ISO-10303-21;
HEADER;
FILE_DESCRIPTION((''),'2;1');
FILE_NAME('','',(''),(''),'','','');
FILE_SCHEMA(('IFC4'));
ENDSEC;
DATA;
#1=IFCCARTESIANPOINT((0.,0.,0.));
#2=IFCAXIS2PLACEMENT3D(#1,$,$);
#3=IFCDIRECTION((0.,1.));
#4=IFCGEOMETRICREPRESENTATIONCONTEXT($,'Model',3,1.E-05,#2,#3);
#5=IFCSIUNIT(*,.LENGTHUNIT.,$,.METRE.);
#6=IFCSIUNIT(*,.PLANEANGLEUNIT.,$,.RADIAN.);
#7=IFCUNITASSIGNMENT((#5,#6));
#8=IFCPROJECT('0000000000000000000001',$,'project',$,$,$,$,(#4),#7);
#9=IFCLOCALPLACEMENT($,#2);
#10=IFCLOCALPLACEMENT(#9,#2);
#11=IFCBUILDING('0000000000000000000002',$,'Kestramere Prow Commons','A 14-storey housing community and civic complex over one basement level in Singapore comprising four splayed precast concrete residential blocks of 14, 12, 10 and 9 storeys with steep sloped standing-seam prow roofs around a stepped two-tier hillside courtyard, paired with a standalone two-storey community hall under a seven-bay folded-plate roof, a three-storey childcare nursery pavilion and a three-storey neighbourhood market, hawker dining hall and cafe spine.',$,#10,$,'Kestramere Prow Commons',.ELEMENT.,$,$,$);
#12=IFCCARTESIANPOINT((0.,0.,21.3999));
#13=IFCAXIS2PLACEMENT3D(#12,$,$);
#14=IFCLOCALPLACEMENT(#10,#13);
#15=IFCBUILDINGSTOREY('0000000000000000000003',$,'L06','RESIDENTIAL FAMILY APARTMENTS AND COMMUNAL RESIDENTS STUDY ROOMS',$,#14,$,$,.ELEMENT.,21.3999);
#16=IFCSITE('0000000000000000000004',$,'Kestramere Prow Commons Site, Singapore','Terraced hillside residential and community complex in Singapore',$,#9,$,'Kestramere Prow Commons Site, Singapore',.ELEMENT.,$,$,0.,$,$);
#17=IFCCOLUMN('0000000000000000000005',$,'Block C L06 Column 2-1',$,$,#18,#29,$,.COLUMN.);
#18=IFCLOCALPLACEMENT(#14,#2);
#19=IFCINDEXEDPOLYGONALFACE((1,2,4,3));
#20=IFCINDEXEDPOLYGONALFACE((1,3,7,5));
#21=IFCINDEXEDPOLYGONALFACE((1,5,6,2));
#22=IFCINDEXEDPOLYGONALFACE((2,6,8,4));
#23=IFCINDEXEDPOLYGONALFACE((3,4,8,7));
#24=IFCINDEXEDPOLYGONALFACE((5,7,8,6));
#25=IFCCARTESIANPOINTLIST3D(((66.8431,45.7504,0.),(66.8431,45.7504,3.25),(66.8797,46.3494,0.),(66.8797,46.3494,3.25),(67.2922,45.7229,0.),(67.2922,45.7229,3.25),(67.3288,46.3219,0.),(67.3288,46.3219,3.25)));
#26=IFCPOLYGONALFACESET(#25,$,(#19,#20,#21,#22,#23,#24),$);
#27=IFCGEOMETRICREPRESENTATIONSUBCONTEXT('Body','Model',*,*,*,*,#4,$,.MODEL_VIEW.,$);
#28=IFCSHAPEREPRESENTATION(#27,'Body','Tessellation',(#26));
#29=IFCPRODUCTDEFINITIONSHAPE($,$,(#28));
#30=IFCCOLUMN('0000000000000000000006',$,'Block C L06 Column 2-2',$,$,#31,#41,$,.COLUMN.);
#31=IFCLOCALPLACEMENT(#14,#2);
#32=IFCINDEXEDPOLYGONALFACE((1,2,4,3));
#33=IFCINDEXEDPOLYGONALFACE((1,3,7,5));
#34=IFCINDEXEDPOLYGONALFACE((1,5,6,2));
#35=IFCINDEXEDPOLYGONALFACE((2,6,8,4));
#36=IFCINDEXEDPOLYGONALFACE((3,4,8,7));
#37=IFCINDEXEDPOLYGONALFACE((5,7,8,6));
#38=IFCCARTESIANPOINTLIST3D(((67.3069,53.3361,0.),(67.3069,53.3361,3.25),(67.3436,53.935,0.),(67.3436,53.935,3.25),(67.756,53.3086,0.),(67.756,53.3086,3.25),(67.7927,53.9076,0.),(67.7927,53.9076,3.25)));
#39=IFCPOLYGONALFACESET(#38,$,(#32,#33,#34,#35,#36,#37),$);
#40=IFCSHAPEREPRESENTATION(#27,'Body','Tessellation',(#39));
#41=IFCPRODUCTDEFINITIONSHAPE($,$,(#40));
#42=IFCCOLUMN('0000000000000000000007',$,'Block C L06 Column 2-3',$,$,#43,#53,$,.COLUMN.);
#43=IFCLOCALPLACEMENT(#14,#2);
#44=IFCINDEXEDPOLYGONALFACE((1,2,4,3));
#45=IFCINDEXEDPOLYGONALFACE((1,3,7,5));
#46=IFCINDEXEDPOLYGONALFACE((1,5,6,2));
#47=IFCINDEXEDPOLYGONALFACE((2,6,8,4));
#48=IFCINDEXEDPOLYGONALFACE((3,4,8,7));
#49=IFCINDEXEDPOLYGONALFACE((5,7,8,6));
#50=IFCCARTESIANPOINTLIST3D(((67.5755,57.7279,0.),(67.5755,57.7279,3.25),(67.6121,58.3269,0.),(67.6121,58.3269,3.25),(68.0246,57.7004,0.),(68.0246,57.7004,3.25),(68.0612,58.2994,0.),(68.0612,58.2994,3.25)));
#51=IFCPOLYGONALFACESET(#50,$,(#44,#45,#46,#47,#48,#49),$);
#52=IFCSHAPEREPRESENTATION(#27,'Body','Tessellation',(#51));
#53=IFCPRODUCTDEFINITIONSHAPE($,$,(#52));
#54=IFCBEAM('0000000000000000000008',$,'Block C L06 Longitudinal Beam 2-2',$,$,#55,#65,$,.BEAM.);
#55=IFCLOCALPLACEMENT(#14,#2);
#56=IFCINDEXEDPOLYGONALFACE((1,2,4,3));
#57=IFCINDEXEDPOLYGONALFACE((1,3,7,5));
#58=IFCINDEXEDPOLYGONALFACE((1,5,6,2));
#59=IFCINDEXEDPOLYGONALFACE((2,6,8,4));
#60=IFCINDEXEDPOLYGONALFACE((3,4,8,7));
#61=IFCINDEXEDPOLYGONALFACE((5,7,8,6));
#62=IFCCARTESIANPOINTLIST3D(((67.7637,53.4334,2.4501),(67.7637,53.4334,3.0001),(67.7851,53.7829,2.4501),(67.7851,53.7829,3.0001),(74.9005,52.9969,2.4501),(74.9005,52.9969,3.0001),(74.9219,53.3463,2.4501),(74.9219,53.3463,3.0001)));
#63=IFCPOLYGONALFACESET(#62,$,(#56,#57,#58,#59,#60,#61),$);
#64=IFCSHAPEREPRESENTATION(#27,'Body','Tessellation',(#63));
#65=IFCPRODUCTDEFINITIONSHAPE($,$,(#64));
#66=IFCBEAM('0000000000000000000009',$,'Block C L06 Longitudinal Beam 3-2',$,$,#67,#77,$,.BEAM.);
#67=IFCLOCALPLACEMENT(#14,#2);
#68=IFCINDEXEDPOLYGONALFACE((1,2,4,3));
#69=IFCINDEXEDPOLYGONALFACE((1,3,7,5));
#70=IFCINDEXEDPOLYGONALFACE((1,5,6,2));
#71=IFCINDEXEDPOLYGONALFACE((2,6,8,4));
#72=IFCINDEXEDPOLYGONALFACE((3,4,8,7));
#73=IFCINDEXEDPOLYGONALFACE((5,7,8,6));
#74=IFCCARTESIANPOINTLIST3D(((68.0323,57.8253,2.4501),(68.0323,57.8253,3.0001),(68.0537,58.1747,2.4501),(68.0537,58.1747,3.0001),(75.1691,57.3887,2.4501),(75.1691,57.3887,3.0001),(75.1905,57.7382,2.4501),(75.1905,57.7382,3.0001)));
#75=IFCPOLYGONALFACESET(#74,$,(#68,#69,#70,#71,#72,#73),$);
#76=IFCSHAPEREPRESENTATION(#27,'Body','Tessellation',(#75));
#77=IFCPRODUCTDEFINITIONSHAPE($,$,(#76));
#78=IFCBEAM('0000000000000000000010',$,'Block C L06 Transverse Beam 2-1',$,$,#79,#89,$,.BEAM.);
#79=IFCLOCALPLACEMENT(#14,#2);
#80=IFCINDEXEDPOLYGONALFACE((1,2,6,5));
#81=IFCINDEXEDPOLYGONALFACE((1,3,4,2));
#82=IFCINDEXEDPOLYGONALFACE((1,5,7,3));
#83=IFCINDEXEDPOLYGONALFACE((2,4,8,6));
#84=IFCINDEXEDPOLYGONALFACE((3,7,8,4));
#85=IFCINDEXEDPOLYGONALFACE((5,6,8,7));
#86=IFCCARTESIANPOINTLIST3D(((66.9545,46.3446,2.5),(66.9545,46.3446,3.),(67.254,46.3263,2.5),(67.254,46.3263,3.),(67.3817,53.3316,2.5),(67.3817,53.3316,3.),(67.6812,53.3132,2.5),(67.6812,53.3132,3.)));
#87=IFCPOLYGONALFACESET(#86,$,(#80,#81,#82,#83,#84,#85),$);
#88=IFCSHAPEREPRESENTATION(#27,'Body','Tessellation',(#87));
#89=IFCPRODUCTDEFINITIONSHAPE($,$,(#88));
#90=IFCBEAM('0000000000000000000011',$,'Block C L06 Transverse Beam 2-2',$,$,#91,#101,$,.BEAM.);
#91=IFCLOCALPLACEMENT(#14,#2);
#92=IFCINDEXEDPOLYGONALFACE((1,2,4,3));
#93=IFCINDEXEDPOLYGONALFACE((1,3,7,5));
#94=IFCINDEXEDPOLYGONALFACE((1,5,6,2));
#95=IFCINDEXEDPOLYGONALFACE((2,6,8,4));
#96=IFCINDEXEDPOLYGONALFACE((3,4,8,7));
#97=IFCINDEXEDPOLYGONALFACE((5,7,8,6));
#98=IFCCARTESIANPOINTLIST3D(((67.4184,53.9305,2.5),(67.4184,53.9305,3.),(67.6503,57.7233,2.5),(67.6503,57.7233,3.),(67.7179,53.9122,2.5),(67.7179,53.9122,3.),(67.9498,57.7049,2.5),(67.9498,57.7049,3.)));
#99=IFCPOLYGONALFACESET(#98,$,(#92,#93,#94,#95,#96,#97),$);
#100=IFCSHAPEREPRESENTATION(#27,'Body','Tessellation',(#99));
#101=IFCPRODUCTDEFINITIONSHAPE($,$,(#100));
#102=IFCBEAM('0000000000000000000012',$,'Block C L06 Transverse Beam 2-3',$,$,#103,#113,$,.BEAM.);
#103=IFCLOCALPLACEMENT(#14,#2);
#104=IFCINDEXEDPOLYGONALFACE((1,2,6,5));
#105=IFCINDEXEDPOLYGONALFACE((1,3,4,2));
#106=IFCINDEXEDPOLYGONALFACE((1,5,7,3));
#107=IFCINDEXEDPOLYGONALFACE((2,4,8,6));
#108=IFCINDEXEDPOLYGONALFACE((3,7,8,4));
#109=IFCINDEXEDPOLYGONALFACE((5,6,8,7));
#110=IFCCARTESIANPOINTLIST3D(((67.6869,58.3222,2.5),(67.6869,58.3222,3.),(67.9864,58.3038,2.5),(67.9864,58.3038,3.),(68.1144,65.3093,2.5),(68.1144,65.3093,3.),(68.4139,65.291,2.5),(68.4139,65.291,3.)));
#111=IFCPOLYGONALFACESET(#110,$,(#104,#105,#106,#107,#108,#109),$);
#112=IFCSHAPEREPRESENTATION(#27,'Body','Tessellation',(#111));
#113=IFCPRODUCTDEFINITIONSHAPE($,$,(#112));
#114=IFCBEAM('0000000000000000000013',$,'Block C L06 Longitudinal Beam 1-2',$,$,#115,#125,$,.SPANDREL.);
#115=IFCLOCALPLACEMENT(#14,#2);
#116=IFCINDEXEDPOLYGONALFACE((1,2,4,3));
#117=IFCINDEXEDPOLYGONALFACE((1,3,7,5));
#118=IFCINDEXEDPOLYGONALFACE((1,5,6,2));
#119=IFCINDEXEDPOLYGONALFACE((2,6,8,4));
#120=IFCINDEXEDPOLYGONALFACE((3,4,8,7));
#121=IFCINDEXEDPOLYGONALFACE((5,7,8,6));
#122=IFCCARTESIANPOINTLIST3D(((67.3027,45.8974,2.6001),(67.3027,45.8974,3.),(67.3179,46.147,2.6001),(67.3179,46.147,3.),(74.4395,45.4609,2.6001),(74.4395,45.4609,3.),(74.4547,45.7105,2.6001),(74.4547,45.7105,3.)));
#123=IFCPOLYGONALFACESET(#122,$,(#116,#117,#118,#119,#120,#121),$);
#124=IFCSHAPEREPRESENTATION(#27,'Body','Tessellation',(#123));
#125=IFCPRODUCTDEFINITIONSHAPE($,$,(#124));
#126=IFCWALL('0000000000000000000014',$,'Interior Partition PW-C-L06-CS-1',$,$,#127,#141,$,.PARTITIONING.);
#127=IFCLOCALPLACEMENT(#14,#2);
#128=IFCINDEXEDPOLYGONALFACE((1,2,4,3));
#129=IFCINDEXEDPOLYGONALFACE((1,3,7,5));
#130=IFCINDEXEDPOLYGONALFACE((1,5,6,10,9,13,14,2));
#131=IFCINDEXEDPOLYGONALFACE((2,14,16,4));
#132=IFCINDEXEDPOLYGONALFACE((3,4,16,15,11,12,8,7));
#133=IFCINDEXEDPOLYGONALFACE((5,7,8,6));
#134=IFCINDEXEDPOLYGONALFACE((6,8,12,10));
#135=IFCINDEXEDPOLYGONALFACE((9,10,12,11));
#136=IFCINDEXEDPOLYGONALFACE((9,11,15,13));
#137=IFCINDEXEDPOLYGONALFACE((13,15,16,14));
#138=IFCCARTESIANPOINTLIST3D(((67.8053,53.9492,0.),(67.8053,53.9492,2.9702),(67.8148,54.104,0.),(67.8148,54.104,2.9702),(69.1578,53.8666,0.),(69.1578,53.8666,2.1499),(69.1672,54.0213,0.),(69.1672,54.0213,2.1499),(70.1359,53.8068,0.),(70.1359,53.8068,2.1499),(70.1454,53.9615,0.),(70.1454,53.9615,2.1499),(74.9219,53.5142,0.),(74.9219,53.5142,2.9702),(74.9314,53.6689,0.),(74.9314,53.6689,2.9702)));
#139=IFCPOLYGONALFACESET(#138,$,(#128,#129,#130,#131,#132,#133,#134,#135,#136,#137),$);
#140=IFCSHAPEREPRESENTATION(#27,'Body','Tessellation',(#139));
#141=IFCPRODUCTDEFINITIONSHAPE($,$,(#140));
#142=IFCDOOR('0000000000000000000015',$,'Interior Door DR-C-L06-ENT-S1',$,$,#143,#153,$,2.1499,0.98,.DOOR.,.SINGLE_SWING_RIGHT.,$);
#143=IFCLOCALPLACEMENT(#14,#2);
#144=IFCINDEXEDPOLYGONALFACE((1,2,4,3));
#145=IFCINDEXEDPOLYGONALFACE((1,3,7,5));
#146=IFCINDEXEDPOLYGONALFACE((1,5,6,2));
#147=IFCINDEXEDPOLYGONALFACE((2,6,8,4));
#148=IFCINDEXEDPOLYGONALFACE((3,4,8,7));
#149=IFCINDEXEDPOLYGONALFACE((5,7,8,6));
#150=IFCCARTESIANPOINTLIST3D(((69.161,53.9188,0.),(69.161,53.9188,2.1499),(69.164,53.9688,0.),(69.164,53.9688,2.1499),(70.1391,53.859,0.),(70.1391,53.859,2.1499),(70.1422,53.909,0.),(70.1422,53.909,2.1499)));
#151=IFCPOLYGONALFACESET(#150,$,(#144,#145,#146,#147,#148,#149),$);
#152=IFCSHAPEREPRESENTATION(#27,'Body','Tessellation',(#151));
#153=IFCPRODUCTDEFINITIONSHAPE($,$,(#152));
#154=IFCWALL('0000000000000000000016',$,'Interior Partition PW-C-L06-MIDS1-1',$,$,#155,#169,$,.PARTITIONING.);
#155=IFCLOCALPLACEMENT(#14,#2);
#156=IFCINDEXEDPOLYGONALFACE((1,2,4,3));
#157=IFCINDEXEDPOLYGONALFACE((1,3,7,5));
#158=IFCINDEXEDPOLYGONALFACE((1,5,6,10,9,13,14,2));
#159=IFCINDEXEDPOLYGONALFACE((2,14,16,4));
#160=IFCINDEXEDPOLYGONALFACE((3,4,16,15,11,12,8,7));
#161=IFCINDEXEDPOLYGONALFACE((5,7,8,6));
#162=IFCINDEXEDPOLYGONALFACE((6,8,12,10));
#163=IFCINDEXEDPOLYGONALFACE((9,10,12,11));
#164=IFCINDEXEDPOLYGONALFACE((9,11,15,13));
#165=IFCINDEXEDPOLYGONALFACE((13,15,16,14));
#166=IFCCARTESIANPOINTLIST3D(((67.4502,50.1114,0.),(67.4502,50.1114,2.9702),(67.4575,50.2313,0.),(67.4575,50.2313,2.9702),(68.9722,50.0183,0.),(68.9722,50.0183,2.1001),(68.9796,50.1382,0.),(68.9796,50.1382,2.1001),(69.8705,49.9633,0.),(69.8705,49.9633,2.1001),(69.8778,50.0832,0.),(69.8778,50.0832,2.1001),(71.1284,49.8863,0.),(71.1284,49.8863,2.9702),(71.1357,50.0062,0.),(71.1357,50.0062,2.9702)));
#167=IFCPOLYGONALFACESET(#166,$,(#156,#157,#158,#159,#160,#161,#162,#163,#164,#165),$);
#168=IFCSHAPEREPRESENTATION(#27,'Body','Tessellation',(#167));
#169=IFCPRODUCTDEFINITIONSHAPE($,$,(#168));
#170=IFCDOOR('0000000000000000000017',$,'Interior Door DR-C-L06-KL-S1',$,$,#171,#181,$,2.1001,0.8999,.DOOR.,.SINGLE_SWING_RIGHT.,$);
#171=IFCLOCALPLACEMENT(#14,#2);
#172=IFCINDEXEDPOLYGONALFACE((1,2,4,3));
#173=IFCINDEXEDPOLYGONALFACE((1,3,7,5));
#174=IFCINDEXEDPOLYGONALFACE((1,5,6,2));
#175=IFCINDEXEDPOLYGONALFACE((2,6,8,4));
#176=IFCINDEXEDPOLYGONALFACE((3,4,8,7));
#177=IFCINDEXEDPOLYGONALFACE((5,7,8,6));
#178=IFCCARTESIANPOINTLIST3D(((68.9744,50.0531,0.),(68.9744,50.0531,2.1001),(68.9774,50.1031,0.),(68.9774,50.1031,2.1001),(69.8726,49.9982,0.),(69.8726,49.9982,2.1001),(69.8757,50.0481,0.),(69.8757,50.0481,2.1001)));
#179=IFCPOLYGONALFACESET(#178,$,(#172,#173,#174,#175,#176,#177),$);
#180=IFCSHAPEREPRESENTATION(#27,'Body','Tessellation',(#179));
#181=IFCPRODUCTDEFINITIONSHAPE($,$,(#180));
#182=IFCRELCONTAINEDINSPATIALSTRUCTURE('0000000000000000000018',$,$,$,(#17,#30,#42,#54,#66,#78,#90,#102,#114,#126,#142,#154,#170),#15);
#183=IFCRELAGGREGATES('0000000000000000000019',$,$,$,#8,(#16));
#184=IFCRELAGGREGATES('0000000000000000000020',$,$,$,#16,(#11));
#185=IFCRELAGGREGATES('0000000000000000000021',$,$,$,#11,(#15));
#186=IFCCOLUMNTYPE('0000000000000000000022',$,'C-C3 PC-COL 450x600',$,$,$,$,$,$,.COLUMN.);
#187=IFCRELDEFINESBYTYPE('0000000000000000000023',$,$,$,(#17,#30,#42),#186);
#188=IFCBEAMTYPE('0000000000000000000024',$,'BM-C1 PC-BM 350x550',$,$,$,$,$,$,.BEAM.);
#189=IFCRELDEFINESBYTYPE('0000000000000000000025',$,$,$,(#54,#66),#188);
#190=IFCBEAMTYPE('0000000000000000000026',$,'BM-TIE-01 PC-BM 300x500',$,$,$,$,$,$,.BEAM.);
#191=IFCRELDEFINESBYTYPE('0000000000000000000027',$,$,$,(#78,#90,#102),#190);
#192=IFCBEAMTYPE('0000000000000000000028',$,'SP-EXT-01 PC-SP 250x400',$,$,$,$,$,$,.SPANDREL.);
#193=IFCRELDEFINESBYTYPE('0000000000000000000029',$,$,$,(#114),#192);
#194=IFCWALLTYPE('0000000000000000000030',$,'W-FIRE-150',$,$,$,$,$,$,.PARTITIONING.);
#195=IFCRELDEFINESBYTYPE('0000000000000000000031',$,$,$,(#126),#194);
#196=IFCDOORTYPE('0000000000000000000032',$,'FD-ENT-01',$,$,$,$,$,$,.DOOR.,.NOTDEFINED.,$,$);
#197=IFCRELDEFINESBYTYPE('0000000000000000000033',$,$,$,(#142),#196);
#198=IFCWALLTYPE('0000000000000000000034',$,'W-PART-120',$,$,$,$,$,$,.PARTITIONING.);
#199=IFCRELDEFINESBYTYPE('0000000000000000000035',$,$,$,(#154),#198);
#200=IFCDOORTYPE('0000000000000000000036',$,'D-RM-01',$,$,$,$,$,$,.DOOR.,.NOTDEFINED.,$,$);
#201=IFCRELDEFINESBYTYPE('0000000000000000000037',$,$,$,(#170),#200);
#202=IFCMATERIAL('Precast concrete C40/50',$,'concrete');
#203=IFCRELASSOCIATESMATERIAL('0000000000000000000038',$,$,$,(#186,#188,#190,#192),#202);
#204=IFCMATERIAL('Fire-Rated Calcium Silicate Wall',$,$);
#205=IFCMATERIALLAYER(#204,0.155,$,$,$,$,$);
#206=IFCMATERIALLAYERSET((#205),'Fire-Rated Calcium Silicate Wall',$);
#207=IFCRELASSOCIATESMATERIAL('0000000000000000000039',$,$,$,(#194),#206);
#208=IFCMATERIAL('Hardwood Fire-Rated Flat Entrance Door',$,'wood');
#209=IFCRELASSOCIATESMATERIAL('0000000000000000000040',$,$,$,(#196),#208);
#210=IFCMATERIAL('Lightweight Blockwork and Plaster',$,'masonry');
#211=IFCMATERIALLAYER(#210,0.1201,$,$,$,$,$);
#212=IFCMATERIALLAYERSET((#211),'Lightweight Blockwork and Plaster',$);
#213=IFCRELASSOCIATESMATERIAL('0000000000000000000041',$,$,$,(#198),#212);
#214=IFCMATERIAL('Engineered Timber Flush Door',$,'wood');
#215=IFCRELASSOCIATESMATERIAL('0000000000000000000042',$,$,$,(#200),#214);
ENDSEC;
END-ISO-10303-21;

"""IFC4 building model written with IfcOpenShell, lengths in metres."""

from ifc_helpers import new_model, si_unit, direction, frame, frame_2d, origin, origin_2d, place, context, subcontext, project, spatial, rectangle, extrude, material, layer, layer_set, material_profile, profile_set, type_object, element, fill, save


model = new_model("IFC4")

# Units and contexts
model_context = context("Model", 3, precision=1e-05, world=origin(), true_north=direction((0.0, 1.0)))
body_context = subcontext(model_context, "Body", "Model", "MODEL_VIEW")
ifc_project = project(units=[si_unit("LENGTHUNIT", "METRE"), si_unit("PLANEANGLEUNIT", "RADIAN")], contexts=[model_context])

# Site, building, storey
site_placement = place(None, origin())
site = spatial("IfcSite", under=ifc_project, at=site_placement, Name="Kestramere Prow Commons Site, Singapore", Description="Terraced hillside residential and community complex in Singapore", LongName="Kestramere Prow Commons Site, Singapore", CompositionType="ELEMENT", RefElevation=0.0)
building_placement = place(site_placement, origin())
building = spatial("IfcBuilding", under=site, at=building_placement, Name="Kestramere Prow Commons", Description="A 14-storey housing community and civic complex over one basement level in Singapore comprising four splayed precast concrete residential blocks of 14, 12, 10 and 9 storeys with steep sloped standing-seam prow roofs around a stepped two-tier hillside courtyard, paired with a standalone two-storey community hall under a seven-bay folded-plate roof, a three-storey childcare nursery pavilion and a three-storey neighbourhood market, hawker dining hall and cafe spine.", LongName="Kestramere Prow Commons", CompositionType="ELEMENT")
storey_placement = place(building_placement, frame((0.0, 0.0, 21.3999)))
storey = spatial("IfcBuildingStorey", under=building, at=storey_placement, Name="L06", Description="RESIDENTIAL FAMILY APARTMENTS AND COMMUNAL RESIDENTS STUDY ROOMS", CompositionType="ELEMENT", Elevation=21.3999)

# Columns
ifc_material_1 = material(Name="Precast concrete C40/50", Category="concrete")
ifc_material_profile_1 = material_profile(ifc_material_1, rectangle(XDim=0.45, YDim=0.6001, at=origin_2d()), Name="PC-COL 450x600")
ifc_profile_set_1 = profile_set([ifc_material_profile_1], Name="Precast concrete C40/50")
column_type = type_object("IfcColumnType", Name="C-C3 PC-COL 450x600", PredefinedType="COLUMN", material=ifc_profile_set_1)
for number, where, z_axis, x_axis, name in (
    (1, (67.0859, 46.0361, 0.0), (0.0, 0.0, 1.0), (0.998135, -0.061049, 0.0), "Block C L06 Column 2-1"),
    (2, (67.5498, 53.6218, 0.0), (0.0, 0.0, 1.0), (0.998135, -0.061049, 0.0), "Block C L06 Column 2-2"),
    (3, (67.8184, 58.0137, 0.0), (0.0, 0.0, 1.0), (0.998135, -0.061049, 0.0), "Block C L06 Column 2-3"),
):
    element("IfcColumn", number, at=place(storey_placement, frame(where, z_axis=z_axis, x_axis=x_axis)), inside=storey, type_object=column_type, Name=name, PredefinedType="COLUMN", context=body_context, shape_type="SweptSolid", body=[
        extrude(rectangle(XDim=0.45, YDim=0.6001, at=origin_2d()), origin(), (0.0, 0.0, 1.0), 3.25),
    ])

# Beams
ifc_material_profile_2 = material_profile(ifc_material_1, rectangle(XDim=0.3501, YDim=0.55, at=origin_2d()), Name="PC-BM 350x550")
ifc_profile_set_2 = profile_set([ifc_material_profile_2], Name="Precast concrete C40/50")
beam_type_1 = type_object("IfcBeamType", Name="BM-C1 PC-BM 350x550", PredefinedType="BEAM", material=ifc_profile_set_2)
for number, where, z_axis, x_axis, name in (
    (4, (67.7744, 53.6082, 2.7251), (0.998135, -0.061052, 0.0), (0.061052, 0.998135, 0.0), "Block C L06 Longitudinal Beam 2-2"),
    (5, (68.043, 58.0, 2.7251), (0.998135, -0.061052, 0.0), (0.061052, 0.998135, 0.0), "Block C L06 Longitudinal Beam 3-2"),
):
    element("IfcBeam", number, at=place(storey_placement, frame(where, z_axis=z_axis, x_axis=x_axis)), inside=storey, type_object=beam_type_1, Name=name, PredefinedType="BEAM", context=body_context, shape_type="SweptSolid", body=[
        extrude(rectangle(XDim=0.3501, YDim=0.55, at=origin_2d()), origin(), (0.0, 0.0, 1.0), 7.1501),
    ])
ifc_material_profile_3 = material_profile(ifc_material_1, rectangle(XDim=0.3, YDim=0.5, at=origin_2d()), Name="PC-BM 300x500")
ifc_profile_set_3 = profile_set([ifc_material_profile_3], Name="Precast concrete C40/50")
beam_type_2 = type_object("IfcBeamType", Name="BM-TIE-01 PC-BM 300x500", PredefinedType="BEAM", material=ifc_profile_set_3)
beam_1_placement = place(storey_placement, frame((67.1042, 46.3354, 2.75), z_axis=(0.061034, 0.998136, 0.0), x_axis=(-0.998136, 0.061034, 0.0)))
element("IfcBeam", 6, at=beam_1_placement, inside=storey, type_object=beam_type_2, Name="Block C L06 Transverse Beam 2-1", PredefinedType="BEAM", context=body_context, shape_type="SweptSolid", body=[
    extrude(rectangle(XDim=0.3, YDim=0.5, at=origin_2d()), origin(), (0.0, 0.0, 1.0), 7.0),
])
beam_2_placement = place(storey_placement, frame((67.5681, 53.9214, 2.75), z_axis=(0.061038, 0.998135, 0.0), x_axis=(-0.998135, 0.061038, 0.0)))
element("IfcBeam", 7, at=beam_2_placement, inside=storey, type_object=beam_type_2, Name="Block C L06 Transverse Beam 2-2", PredefinedType="BEAM", context=body_context, shape_type="SweptSolid", body=[
    extrude(rectangle(XDim=0.3, YDim=0.5, at=origin_2d()), origin(), (0.0, 0.0, 1.0), 3.7998),
])
beam_3_placement = place(storey_placement, frame((67.8367, 58.313, 2.75), z_axis=(0.061069, 0.998134, 0.0), x_axis=(-0.998134, 0.061069, 0.0)))
element("IfcBeam", 8, at=beam_3_placement, inside=storey, type_object=beam_type_2, Name="Block C L06 Transverse Beam 2-3", PredefinedType="BEAM", context=body_context, shape_type="SweptSolid", body=[
    extrude(rectangle(XDim=0.3, YDim=0.5, at=origin_2d()), origin(), (0.0, 0.0, 1.0), 7.0002),
])
ifc_material_profile_4 = material_profile(ifc_material_1, rectangle(XDim=0.25, YDim=0.3999, at=origin_2d()), Name="PC-SP 250x400")
ifc_profile_set_4 = profile_set([ifc_material_profile_4], Name="Precast concrete C40/50")
beam_type_3 = type_object("IfcBeamType", Name="SP-EXT-01 PC-SP 250x400", PredefinedType="SPANDREL", material=ifc_profile_set_4)
beam_4_placement = place(storey_placement, frame((67.3103, 46.0222, 2.8), z_axis=(0.998135, -0.061052, 0.0), x_axis=(0.061052, 0.998135, 0.0)))
element("IfcBeam", 9, at=beam_4_placement, inside=storey, type_object=beam_type_3, Name="Block C L06 Longitudinal Beam 1-2", PredefinedType="SPANDREL", context=body_context, shape_type="SweptSolid", body=[
    extrude(rectangle(XDim=0.25, YDim=0.3999, at=origin_2d()), origin(), (0.0, 0.0, 1.0), 7.1501),
])

# Walls, openings, doors
ifc_material_2 = material(Name="Fire-Rated Calcium Silicate Wall")
ifc_layer_1 = layer(ifc_material_2, 0.155)
ifc_layer_set_1 = layer_set([ifc_layer_1], Name="Fire-Rated Calcium Silicate Wall")
wall_type_1 = type_object("IfcWallType", Name="W-FIRE-150", PredefinedType="PARTITIONING", material=ifc_layer_set_1)
wall_1_placement = place(storey_placement, frame((67.8101, 54.0266, 0.0), z_axis=(0.0, 0.0, 1.0), x_axis=(0.998137, -0.061018, 0.0)))
wall_1 = element("IfcWall", 10, at=wall_1_placement, inside=storey, type_object=wall_type_1, Name="Interior Partition PW-C-L06-CS-1", PredefinedType="PARTITIONING", context=body_context, shape_type="SweptSolid", body=[
    extrude(rectangle(XDim=7.1299, YDim=0.155, at=frame_2d((3.5649, 0.0))), origin(), (0.0, 0.0, 1.0), 2.9702),
])
opening_1_placement = place(wall_1_placement, frame((1.355, 0.0, 0.0)))
opening_1 = element("IfcOpeningElement", 11, at=opening_1_placement, cuts=wall_1, PredefinedType="OPENING", context=body_context, shape_type="SweptSolid", body=[
    extrude(rectangle(XDim=0.98, YDim=2.1499, at=frame_2d((0.49, 1.075))), frame((0.0, 0.0925, 0.0), z_axis=(0.0, -1.0, 0.0), x_axis=(1.0, 0.0, 0.0)), (0.0, 0.0, 1.0), 0.1851),
])
ifc_material_3 = material(Name="Hardwood Fire-Rated Flat Entrance Door", Category="wood")
door_type_1 = type_object("IfcDoorType", Name="FD-ENT-01", OperationType="NOTDEFINED", PredefinedType="DOOR", material=ifc_material_3)
door_1_placement = place(opening_1_placement, origin())
door_1 = element("IfcDoor", 12, at=door_1_placement, inside=storey, type_object=door_type_1, Name="Interior Door DR-C-L06-ENT-S1", OperationType="SINGLE_SWING_RIGHT", OverallHeight=2.1499, OverallWidth=0.98, PredefinedType="DOOR", context=body_context, shape_type="SweptSolid", body=[
    extrude(rectangle(XDim=0.98, YDim=2.1499, at=frame_2d((0.49, 1.075))), frame((0.0, 0.0249, 0.0), z_axis=(0.0, -1.0, 0.0), x_axis=(1.0, 0.0, 0.0)), (0.0, 0.0, 1.0), 0.05),
])
fill(opening_1, door_1)
ifc_material_4 = material(Name="Lightweight Blockwork and Plaster", Category="masonry")
ifc_layer_2 = layer(ifc_material_4, 0.1201)
ifc_layer_set_2 = layer_set([ifc_layer_2], Name="Lightweight Blockwork and Plaster")
wall_type_2 = type_object("IfcWallType", Name="W-PART-120", PredefinedType="PARTITIONING", material=ifc_layer_set_2)
wall_2_placement = place(storey_placement, frame((67.4539, 50.1714, 0.0), z_axis=(0.0, 0.0, 1.0), x_axis=(0.998133, -0.061083, 0.0)))
wall_2 = element("IfcWall", 13, at=wall_2_placement, inside=storey, type_object=wall_type_2, Name="Interior Partition PW-C-L06-MIDS1-1", PredefinedType="PARTITIONING", context=body_context, shape_type="SweptSolid", body=[
    extrude(rectangle(XDim=3.6851, YDim=0.1201, at=frame_2d((1.8425, 0.0))), origin(), (0.0, 0.0, 1.0), 2.9702),
])
opening_2_placement = place(wall_2_placement, frame((1.5249, 0.0, 0.0)))
opening_2 = element("IfcOpeningElement", 14, at=opening_2_placement, cuts=wall_2, PredefinedType="OPENING", context=body_context, shape_type="SweptSolid", body=[
    extrude(rectangle(XDim=0.8999, YDim=2.1001, at=frame_2d((0.45, 1.05))), frame((0.0, 0.075, 0.0), z_axis=(0.0, -1.0, 0.0), x_axis=(1.0, 0.0, 0.0)), (0.0, 0.0, 1.0), 0.1501),
])
ifc_material_5 = material(Name="Engineered Timber Flush Door", Category="wood")
door_type_2 = type_object("IfcDoorType", Name="D-RM-01", OperationType="NOTDEFINED", PredefinedType="DOOR", material=ifc_material_5)
door_2_placement = place(opening_2_placement, origin())
door_2 = element("IfcDoor", 15, at=door_2_placement, inside=storey, type_object=door_type_2, Name="Interior Door DR-C-L06-KL-S1", OperationType="SINGLE_SWING_RIGHT", OverallHeight=2.1001, OverallWidth=0.8999, PredefinedType="DOOR", context=body_context, shape_type="SweptSolid", body=[
    extrude(rectangle(XDim=0.8999, YDim=2.1001, at=frame_2d((0.45, 1.05))), frame((0.0, 0.0249, 0.0), z_axis=(0.0, -1.0, 0.0), x_axis=(1.0, 0.0, 0.0)), (0.0, 0.0, 1.0), 0.05),
])
fill(opening_2, door_2)

save(model, "model.ifc")
